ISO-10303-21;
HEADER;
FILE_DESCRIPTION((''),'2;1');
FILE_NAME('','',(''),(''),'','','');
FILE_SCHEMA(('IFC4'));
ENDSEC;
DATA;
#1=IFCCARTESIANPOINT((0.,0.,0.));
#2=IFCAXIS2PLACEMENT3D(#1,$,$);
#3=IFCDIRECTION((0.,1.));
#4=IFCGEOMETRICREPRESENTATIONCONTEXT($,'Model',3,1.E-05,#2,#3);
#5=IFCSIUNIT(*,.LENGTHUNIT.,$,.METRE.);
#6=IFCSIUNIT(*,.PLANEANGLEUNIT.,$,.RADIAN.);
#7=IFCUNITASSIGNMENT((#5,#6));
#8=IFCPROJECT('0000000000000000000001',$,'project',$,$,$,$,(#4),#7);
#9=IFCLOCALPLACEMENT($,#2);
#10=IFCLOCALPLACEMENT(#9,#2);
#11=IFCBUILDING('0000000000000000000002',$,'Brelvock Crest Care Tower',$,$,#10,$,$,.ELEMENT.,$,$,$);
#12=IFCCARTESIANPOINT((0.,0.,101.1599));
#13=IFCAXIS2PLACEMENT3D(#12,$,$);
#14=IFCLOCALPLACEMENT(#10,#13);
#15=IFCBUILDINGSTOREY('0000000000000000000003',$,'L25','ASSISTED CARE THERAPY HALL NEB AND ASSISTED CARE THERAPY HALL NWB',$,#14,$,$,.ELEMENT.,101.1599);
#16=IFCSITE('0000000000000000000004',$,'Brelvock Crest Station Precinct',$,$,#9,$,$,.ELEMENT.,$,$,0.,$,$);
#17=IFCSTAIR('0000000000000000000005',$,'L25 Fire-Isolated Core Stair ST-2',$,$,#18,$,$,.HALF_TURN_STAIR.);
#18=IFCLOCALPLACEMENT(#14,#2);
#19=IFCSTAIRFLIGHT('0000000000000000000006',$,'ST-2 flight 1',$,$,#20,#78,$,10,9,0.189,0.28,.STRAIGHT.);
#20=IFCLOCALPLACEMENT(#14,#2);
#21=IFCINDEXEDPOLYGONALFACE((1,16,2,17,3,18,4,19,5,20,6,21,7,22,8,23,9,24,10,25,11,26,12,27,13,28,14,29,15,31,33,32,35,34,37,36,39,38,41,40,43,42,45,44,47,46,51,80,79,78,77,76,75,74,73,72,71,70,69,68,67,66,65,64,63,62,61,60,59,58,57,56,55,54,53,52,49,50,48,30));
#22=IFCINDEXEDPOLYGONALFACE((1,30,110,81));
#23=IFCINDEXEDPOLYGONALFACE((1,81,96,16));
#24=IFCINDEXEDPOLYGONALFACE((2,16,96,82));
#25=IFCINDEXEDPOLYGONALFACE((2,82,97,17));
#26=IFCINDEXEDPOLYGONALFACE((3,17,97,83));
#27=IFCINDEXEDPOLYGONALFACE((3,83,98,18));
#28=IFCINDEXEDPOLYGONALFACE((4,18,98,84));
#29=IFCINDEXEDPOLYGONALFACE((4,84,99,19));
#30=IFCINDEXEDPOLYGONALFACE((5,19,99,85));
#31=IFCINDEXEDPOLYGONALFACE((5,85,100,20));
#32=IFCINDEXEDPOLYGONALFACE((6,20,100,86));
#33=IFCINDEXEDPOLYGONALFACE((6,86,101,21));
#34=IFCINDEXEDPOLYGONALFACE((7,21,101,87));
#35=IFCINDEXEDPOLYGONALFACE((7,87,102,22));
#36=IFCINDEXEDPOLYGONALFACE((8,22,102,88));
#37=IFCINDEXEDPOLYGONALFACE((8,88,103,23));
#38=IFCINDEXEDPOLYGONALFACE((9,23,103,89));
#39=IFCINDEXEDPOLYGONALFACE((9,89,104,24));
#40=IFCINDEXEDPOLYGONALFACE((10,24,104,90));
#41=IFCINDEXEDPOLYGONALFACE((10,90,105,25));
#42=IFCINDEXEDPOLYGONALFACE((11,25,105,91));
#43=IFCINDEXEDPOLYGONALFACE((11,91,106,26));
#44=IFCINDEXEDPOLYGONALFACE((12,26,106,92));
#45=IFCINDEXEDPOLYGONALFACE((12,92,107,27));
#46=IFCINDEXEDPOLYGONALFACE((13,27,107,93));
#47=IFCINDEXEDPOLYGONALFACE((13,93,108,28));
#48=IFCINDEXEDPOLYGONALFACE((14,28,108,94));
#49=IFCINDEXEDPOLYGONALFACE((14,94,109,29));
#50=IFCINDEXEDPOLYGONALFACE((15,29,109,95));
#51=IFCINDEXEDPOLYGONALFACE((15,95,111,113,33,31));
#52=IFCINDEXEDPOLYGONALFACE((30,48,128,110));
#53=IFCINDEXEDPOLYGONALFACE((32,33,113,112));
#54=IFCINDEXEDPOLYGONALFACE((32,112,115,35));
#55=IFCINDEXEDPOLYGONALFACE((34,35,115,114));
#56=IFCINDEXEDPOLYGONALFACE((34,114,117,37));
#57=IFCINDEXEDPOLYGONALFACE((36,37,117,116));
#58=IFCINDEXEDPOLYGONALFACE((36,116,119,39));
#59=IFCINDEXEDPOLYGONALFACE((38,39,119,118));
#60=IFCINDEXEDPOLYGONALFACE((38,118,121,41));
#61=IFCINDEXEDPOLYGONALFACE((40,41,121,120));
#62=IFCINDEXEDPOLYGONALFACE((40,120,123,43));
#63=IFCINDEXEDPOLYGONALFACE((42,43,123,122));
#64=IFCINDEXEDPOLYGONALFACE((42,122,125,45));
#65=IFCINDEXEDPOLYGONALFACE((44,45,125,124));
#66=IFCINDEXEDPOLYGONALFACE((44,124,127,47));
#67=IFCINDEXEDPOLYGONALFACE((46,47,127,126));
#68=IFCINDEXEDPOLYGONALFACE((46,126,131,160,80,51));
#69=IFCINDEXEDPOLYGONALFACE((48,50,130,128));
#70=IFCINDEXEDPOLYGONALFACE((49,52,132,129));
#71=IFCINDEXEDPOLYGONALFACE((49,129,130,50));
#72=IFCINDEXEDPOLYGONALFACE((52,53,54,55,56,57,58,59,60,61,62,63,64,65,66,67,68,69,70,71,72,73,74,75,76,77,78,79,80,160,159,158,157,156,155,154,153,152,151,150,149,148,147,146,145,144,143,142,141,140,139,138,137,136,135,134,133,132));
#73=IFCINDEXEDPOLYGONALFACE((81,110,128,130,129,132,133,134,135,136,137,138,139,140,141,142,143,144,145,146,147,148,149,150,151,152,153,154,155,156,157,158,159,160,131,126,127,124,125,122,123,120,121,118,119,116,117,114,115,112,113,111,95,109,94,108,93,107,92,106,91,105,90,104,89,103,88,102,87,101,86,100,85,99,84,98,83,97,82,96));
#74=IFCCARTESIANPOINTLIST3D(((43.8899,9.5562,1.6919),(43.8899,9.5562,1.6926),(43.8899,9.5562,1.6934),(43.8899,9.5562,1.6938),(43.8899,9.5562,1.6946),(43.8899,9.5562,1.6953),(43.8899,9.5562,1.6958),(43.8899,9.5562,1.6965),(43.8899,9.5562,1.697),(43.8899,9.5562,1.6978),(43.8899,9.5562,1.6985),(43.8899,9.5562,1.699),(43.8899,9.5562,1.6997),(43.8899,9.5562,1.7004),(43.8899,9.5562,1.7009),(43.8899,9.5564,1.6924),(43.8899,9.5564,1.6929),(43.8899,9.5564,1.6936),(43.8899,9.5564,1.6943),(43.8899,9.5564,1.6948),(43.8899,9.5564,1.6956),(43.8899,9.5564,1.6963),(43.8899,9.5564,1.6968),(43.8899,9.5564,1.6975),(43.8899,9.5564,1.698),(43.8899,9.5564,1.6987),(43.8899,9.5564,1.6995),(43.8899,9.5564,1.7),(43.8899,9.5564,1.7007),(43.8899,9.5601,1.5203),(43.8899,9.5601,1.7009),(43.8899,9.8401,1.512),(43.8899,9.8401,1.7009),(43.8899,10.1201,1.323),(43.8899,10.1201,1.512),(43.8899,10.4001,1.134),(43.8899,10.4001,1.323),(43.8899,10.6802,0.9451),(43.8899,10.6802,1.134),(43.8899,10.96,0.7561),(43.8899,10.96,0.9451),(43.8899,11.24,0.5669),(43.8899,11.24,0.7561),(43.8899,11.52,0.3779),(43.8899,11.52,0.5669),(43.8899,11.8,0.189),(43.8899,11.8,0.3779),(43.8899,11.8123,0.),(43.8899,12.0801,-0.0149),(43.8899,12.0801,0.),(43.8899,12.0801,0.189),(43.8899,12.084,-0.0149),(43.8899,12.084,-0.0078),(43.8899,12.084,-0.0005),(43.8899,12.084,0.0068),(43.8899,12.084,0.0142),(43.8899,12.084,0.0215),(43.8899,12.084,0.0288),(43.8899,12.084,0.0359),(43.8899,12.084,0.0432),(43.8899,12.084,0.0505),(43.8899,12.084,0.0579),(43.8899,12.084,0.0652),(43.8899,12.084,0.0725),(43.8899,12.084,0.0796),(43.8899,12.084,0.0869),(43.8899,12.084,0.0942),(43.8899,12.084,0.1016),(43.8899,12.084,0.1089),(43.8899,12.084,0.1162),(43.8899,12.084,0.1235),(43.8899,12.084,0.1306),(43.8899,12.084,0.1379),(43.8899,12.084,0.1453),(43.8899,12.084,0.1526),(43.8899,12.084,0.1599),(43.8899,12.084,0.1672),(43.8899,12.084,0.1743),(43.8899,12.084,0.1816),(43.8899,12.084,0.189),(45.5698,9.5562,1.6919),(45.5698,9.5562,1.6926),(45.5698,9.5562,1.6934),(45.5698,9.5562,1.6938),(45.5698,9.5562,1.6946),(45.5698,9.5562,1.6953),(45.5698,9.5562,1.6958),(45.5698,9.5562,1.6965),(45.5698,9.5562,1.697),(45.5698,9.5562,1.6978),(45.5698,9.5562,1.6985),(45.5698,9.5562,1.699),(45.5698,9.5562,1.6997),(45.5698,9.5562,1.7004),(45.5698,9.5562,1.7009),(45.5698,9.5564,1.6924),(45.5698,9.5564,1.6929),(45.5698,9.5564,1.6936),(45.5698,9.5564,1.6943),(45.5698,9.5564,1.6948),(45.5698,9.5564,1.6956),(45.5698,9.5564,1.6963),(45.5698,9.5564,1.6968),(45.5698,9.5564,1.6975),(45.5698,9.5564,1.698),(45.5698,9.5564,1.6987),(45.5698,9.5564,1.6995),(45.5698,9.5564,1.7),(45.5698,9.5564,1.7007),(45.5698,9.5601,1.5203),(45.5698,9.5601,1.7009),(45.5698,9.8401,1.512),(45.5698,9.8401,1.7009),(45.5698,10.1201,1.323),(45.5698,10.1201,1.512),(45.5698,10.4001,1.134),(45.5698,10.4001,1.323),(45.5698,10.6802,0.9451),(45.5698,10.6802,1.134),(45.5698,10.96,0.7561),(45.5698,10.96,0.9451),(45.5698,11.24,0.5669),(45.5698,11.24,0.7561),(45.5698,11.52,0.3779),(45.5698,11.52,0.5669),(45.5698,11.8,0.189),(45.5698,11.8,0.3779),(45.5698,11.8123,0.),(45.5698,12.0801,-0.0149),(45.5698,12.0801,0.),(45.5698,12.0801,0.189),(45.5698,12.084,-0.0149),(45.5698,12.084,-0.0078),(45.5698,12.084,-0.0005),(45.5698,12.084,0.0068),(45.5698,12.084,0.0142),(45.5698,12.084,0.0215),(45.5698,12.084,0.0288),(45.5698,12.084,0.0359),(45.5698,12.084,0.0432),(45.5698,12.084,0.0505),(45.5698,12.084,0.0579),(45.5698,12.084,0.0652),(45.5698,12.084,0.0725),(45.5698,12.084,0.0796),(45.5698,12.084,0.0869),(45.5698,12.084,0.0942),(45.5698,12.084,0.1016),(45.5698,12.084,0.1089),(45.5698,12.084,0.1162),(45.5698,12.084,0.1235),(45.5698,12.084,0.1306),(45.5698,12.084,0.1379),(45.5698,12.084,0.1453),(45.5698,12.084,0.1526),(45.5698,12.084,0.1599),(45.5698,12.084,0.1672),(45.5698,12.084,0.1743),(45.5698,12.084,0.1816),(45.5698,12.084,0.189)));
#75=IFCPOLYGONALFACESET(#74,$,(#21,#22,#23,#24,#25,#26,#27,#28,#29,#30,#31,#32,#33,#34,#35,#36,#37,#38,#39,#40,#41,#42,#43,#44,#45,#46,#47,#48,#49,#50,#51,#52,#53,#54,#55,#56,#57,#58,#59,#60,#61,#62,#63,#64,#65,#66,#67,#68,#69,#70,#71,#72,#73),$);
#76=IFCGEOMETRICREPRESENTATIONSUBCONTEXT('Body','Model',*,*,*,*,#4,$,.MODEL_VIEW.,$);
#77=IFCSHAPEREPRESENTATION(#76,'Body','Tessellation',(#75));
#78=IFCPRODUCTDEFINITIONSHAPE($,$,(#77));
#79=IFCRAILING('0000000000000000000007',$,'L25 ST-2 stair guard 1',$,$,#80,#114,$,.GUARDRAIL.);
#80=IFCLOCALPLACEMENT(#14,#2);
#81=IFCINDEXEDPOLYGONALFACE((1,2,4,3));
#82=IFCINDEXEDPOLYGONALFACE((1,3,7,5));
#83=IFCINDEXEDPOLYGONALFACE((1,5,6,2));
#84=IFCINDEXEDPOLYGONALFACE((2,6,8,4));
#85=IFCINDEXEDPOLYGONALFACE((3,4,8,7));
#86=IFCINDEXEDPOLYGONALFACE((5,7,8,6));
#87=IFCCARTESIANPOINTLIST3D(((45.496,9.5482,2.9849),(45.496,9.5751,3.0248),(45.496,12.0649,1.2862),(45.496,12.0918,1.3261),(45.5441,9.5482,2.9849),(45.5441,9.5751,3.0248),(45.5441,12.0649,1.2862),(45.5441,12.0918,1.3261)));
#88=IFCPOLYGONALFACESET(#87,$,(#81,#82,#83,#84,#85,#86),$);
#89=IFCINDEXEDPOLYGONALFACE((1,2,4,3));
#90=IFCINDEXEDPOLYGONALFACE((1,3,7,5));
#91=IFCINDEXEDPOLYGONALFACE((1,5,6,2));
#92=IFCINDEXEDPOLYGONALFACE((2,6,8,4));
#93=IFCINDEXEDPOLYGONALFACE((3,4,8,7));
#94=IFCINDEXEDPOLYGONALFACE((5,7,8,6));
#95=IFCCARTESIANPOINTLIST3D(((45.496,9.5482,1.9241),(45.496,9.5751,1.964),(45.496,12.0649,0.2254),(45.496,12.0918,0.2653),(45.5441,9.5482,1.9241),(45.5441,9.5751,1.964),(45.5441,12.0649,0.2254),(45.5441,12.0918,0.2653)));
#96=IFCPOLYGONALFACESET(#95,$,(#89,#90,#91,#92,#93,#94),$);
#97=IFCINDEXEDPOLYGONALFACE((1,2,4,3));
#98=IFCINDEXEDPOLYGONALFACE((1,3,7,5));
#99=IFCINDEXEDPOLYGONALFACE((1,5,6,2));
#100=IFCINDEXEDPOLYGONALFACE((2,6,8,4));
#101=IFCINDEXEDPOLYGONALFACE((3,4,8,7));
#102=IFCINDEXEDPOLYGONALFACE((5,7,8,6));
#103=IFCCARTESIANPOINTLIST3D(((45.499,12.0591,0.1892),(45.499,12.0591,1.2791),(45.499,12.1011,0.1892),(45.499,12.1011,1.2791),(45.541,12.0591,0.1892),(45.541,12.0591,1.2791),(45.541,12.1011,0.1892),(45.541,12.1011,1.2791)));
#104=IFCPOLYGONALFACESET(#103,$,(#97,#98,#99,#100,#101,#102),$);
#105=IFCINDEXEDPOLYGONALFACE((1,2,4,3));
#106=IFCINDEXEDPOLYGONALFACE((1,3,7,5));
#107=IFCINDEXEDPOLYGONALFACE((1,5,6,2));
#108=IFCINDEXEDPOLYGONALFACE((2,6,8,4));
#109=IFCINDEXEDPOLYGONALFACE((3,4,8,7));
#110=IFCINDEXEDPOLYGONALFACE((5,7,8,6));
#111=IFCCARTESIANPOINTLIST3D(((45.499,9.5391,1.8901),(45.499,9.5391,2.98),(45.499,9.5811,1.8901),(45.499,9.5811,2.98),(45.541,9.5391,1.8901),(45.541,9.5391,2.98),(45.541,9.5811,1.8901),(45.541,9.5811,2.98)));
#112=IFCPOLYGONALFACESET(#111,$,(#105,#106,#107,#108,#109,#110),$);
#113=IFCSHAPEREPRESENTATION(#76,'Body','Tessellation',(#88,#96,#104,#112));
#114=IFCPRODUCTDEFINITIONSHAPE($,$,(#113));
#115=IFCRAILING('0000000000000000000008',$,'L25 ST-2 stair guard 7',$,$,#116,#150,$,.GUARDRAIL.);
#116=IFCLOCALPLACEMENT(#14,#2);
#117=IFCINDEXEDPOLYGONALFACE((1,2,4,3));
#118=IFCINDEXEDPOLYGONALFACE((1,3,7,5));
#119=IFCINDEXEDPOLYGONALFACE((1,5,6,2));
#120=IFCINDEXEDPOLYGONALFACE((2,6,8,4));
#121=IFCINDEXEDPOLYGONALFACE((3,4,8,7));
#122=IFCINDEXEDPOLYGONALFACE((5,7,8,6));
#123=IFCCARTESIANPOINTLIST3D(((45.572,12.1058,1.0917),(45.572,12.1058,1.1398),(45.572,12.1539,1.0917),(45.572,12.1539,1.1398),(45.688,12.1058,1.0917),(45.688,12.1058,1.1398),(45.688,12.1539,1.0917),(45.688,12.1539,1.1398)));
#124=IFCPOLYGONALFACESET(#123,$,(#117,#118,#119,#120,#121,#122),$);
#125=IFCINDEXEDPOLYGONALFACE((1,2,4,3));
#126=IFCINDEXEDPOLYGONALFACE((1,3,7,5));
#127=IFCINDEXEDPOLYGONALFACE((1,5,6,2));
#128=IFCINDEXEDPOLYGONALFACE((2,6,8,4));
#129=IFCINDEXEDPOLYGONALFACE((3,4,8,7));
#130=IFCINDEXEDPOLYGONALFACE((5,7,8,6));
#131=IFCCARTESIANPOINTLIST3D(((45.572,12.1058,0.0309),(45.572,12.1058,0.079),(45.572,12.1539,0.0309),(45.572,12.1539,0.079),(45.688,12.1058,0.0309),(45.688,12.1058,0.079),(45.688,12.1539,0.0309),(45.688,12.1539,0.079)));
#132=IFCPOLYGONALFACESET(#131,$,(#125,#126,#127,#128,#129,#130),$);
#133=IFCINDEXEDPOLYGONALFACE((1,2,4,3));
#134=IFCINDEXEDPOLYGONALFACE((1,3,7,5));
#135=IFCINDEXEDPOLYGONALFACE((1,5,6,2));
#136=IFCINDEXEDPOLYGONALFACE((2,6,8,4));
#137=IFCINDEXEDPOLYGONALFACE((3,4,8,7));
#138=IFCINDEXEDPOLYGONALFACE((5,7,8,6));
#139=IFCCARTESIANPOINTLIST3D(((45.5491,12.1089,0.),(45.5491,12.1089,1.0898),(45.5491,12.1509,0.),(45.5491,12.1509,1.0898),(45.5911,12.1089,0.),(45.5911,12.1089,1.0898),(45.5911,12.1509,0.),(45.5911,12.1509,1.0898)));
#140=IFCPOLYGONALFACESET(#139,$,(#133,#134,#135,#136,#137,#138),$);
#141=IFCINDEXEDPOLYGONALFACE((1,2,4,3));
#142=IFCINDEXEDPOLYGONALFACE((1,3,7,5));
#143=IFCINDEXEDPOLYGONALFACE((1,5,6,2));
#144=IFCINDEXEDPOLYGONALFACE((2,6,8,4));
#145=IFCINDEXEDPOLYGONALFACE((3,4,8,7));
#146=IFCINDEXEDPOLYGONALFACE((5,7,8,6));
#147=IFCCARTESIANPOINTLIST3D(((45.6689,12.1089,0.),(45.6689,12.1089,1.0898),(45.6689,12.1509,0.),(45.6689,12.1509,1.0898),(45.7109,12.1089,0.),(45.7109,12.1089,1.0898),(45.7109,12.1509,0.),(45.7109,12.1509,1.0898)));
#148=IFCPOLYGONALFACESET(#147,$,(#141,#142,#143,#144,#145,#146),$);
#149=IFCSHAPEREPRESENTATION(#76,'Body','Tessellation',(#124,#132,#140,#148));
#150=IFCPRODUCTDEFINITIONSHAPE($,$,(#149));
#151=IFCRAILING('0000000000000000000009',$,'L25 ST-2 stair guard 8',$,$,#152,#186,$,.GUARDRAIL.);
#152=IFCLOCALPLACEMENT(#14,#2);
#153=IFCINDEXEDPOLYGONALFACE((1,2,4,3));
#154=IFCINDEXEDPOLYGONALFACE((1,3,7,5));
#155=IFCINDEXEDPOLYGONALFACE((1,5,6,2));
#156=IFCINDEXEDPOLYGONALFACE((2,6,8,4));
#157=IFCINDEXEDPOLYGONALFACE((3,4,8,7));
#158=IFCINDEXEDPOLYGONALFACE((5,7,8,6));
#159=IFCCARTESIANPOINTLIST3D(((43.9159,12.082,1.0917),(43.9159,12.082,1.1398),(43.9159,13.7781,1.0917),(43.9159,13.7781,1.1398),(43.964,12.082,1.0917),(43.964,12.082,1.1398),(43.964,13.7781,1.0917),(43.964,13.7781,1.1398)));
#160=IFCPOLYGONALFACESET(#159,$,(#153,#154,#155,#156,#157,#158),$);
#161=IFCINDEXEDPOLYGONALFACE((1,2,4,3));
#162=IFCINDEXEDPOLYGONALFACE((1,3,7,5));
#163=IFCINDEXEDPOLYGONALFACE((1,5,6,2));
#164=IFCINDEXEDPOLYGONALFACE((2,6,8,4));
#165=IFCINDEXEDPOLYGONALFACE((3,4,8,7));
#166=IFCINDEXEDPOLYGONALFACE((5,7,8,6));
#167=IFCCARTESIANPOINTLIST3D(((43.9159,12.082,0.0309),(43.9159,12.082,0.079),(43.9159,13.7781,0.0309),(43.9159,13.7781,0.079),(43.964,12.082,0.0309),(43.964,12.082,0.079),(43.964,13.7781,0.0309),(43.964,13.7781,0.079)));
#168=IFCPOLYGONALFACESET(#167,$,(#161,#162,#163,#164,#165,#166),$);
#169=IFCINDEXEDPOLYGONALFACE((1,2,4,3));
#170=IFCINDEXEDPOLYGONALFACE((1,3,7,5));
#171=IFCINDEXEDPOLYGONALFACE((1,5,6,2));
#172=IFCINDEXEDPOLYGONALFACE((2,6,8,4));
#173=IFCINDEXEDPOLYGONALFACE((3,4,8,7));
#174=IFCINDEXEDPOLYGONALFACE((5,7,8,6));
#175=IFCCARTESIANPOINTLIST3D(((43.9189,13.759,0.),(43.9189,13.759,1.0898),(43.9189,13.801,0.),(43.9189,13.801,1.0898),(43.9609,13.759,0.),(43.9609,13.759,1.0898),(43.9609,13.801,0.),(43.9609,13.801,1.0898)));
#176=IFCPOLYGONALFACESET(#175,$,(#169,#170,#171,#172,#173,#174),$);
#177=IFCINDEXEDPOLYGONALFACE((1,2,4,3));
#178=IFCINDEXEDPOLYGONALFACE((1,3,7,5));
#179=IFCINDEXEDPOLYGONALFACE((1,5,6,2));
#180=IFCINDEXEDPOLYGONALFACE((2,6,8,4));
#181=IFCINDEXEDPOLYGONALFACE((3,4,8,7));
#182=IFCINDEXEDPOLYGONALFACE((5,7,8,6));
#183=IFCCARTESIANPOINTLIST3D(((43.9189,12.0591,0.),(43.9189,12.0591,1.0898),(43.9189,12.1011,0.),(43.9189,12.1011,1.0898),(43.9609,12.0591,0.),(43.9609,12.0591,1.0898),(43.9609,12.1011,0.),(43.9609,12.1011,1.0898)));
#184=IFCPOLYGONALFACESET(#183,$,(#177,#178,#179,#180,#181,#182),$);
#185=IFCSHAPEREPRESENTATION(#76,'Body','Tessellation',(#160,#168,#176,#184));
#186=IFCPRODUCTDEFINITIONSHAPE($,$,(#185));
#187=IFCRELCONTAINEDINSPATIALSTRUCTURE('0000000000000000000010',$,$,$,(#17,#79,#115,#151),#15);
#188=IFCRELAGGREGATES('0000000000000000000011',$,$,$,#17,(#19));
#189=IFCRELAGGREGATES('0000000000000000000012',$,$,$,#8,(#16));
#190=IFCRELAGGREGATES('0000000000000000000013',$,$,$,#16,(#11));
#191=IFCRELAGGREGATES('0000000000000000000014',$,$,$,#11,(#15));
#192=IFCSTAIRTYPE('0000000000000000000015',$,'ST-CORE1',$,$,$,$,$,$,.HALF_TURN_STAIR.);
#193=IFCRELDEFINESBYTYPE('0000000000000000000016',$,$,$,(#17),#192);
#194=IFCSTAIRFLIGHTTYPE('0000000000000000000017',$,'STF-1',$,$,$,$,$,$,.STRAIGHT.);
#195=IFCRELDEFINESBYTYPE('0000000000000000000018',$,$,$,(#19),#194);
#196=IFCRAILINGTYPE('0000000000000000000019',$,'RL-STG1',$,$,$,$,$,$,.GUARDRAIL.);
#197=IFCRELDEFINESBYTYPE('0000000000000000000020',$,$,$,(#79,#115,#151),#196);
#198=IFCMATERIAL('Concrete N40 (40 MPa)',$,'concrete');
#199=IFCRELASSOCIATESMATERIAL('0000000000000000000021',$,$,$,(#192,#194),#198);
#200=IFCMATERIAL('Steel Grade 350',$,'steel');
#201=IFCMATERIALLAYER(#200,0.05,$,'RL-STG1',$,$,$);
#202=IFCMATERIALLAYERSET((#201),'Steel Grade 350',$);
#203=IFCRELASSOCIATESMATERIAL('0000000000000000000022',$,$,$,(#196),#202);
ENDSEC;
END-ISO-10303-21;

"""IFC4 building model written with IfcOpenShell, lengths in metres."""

from ifc_helpers import new_model, si_unit, direction, frame, origin, origin_2d, place, context, subcontext, project, spatial, polyline, rectangle, outline, extrude, material, layer, layer_set, type_object, element, aggregate, save


model = new_model("IFC4")

# Units and contexts
model_context = context("Model", 3, precision=1e-05, world=origin(), true_north=direction((0.0, 1.0)))
body_context = subcontext(model_context, "Body", "Model", "MODEL_VIEW")
ifc_project = project(units=[si_unit("LENGTHUNIT", "METRE"), si_unit("PLANEANGLEUNIT", "RADIAN")], contexts=[model_context])

# Site, building, storey
site_placement = place(None, origin())
site = spatial("IfcSite", under=ifc_project, at=site_placement, Name="Brelvock Crest Station Precinct", CompositionType="ELEMENT", RefElevation=0.0)
building_placement = place(site_placement, origin())
building = spatial("IfcBuilding", under=site, at=building_placement, Name="Brelvock Crest Care Tower", CompositionType="ELEMENT")
storey_placement = place(building_placement, frame((0.0, 0.0, 101.1599)))
storey = spatial("IfcBuildingStorey", under=building, at=storey_placement, Name="L25", Description="ASSISTED CARE THERAPY HALL NEB AND ASSISTED CARE THERAPY HALL NWB", CompositionType="ELEMENT", Elevation=101.1599)

# Shared definitions
ifc_material_1 = material(Name="Steel Grade 350", Category="steel")

# Stair, stair flight
ifc_material_2 = material(Name="Concrete N40 (40 MPa)", Category="concrete")
stair_type = type_object("IfcStairType", Name="ST-CORE1", PredefinedType="HALF_TURN_STAIR", material=ifc_material_2)
stair_placement = place(storey_placement, origin())
stair = element("IfcStair", 1, at=stair_placement, inside=storey, type_object=stair_type, Name="L25 Fire-Isolated Core Stair ST-2", PredefinedType="HALF_TURN_STAIR")
stair_flight_type = type_object("IfcStairFlightType", Name="STF-1", PredefinedType="STRAIGHT", material=ifc_material_2)
stair_flight_placement = place(storey_placement, frame((44.73, 12.0801, 0.0), z_axis=(0.0, 0.0, 1.0), x_axis=(0.0, -1.0, 0.0)))
stair_flight = element("IfcStairFlight", 2, at=stair_flight_placement, type_object=stair_flight_type, Name="ST-2 flight 1", NumberOfRisers=10, NumberOfTreads=9, PredefinedType="STRAIGHT", RiserHeight=0.189, TreadLength=0.28, context=body_context, shape_type="SweptSolid", body=[
    extrude(outline(polyline([(-0.0039, -0.0149), (-0.0039, -0.0078), (-0.0039, -0.0005), (-0.0039, 0.0068), (-0.0039, 0.0142), (-0.0039, 0.0215), (-0.0039, 0.0288), (-0.0039, 0.0359), (-0.0039, 0.0432), (-0.0039, 0.0505), (-0.0039, 0.0579), (-0.0039, 0.0652), (-0.0039, 0.0725), (-0.0039, 0.0796), (-0.0039, 0.0869), (-0.0039, 0.0942), (-0.0039, 0.1016), (-0.0039, 0.1089), (-0.0039, 0.1162), (-0.0039, 0.1235), (-0.0039, 0.1306), (-0.0039, 0.1379), (-0.0039, 0.1453), (-0.0039, 0.1526), (-0.0039, 0.1599), (-0.0039, 0.1672), (-0.0039, 0.1743), (-0.0039, 0.1816), (-0.0039, 0.189), (0.0, 0.189), (0.28, 0.189), (0.28, 0.3779), (0.5601, 0.3779), (0.5601, 0.5669), (0.8401, 0.5669), (0.8401, 0.7561), (1.1201, 0.7561), (1.1201, 0.9451), (1.3999, 0.9451), (1.3999, 1.134), (1.6799, 1.134), (1.6799, 1.323), (1.96, 1.323), (1.96, 1.512), (2.24, 1.512), (2.24, 1.7009), (2.52, 1.7009), (2.5239, 1.7009), (2.5237, 1.7007), (2.5239, 1.7004), (2.5237, 1.7), (2.5239, 1.6997), (2.5237, 1.6995), (2.5239, 1.699), (2.5237, 1.6987), (2.5239, 1.6985), (2.5237, 1.698), (2.5239, 1.6978), (2.5237, 1.6975), (2.5239, 1.697), (2.5237, 1.6968), (2.5239, 1.6965), (2.5237, 1.6963), (2.5239, 1.6958), (2.5237, 1.6956), (2.5239, 1.6953), (2.5237, 1.6948), (2.5239, 1.6946), (2.5237, 1.6943), (2.5239, 1.6938), (2.5237, 1.6936), (2.5239, 1.6934), (2.5237, 1.6929), (2.5239, 1.6926), (2.5237, 1.6924), (2.5239, 1.6919), (2.52, 1.5203), (0.2678, 0.0), (0.0, 0.0), (0.0, -0.0149), (-0.0039, -0.0149)])), frame((0.0, 0.8398, 0.0), z_axis=(0.0, -1.0, 0.0), x_axis=(1.0, 0.0, 0.0)), (0.0, 0.0, 1.0), 1.6799),
])
aggregate(stair, [stair_flight])

# Railings
ifc_layer_1 = layer(ifc_material_1, 0.05, Name="RL-STG1")
ifc_layer_set_1 = layer_set([ifc_layer_1], Name="Steel Grade 350")
railing_type_1 = type_object("IfcRailingType", Name="RL-STG1", PredefinedType="GUARDRAIL", material=ifc_layer_set_1)
railing_1_placement = place(storey_placement, frame((45.52, 12.0801, 0.1892)))
element("IfcRailing", 3, at=railing_1_placement, inside=storey, type_object=railing_type_1, Name="L25 ST-2 stair guard 1", PredefinedType="GUARDRAIL", context=body_context, shape_type="SweptSolid", body=[
    extrude(rectangle(XDim=0.0481, YDim=0.0481, at=origin_2d()), frame((0.0, -0.0017, 1.1169), z_axis=(0.0, -0.828862, 0.559454), x_axis=(1.0, 0.0, 0.0)), (0.0, 0.0, 1.0), 3.0364),
    extrude(rectangle(XDim=0.0481, YDim=0.0481, at=origin_2d()), frame((0.0, -0.0017, 0.0562), z_axis=(0.0, -0.828862, 0.559454), x_axis=(1.0, 0.0, 0.0)), (0.0, 0.0, 1.0), 3.0364),
    extrude(rectangle(XDim=0.042, YDim=0.042, at=origin_2d()), origin(), (0.0, 0.0, 1.0), 1.0898),
    extrude(rectangle(XDim=0.042, YDim=0.042, at=origin_2d()), frame((0.0, -2.52, 1.7009)), (0.0, 0.0, 1.0), 1.0898),
])
railing_2_placement = place(storey_placement, frame((45.5701, 12.1299, 0.0)))
element("IfcRailing", 4, at=railing_2_placement, inside=storey, type_object=railing_type_1, Name="L25 ST-2 stair guard 7", PredefinedType="GUARDRAIL", context=body_context, shape_type="SweptSolid", body=[
    extrude(rectangle(XDim=0.0481, YDim=0.0481, at=origin_2d()), frame((0.002, 0.0, 1.1157), z_axis=(1.0, 0.0, 0.0), x_axis=(0.0, 1.0, 0.0)), (0.0, 0.0, 1.0), 0.116),
    extrude(rectangle(XDim=0.0481, YDim=0.0481, at=origin_2d()), frame((0.002, 0.0, 0.0549), z_axis=(1.0, 0.0, 0.0), x_axis=(0.0, 1.0, 0.0)), (0.0, 0.0, 1.0), 0.116),
    extrude(rectangle(XDim=0.042, YDim=0.042, at=origin_2d()), origin(), (0.0, 0.0, 1.0), 1.0898),
    extrude(rectangle(XDim=0.042, YDim=0.042, at=origin_2d()), frame((0.1199, 0.0, 0.0)), (0.0, 0.0, 1.0), 1.0898),
])
for number, where, name in (
    (5, (43.9399, 13.78, 0.0), "L25 ST-2 stair guard 8"),
):
    element("IfcRailing", number, at=place(storey_placement, frame(where)), inside=storey, type_object=railing_type_1, Name=name, PredefinedType="GUARDRAIL", context=body_context, shape_type="SweptSolid", body=[
        extrude(rectangle(XDim=0.0481, YDim=0.0481, at=origin_2d()), frame((0.0, -0.002, 1.1157), z_axis=(0.0, -1.0, 0.0), x_axis=(1.0, 0.0, 0.0)), (0.0, 0.0, 1.0), 1.696),
        extrude(rectangle(XDim=0.0481, YDim=0.0481, at=origin_2d()), frame((0.0, -0.002, 0.0549), z_axis=(0.0, -1.0, 0.0), x_axis=(1.0, 0.0, 0.0)), (0.0, 0.0, 1.0), 1.696),
        extrude(rectangle(XDim=0.042, YDim=0.042, at=origin_2d()), origin(), (0.0, 0.0, 1.0), 1.0898),
        extrude(rectangle(XDim=0.042, YDim=0.042, at=origin_2d()), frame((0.0, -1.7, 0.0)), (0.0, 0.0, 1.0), 1.0898),
    ])

save(model, "model.ifc")
